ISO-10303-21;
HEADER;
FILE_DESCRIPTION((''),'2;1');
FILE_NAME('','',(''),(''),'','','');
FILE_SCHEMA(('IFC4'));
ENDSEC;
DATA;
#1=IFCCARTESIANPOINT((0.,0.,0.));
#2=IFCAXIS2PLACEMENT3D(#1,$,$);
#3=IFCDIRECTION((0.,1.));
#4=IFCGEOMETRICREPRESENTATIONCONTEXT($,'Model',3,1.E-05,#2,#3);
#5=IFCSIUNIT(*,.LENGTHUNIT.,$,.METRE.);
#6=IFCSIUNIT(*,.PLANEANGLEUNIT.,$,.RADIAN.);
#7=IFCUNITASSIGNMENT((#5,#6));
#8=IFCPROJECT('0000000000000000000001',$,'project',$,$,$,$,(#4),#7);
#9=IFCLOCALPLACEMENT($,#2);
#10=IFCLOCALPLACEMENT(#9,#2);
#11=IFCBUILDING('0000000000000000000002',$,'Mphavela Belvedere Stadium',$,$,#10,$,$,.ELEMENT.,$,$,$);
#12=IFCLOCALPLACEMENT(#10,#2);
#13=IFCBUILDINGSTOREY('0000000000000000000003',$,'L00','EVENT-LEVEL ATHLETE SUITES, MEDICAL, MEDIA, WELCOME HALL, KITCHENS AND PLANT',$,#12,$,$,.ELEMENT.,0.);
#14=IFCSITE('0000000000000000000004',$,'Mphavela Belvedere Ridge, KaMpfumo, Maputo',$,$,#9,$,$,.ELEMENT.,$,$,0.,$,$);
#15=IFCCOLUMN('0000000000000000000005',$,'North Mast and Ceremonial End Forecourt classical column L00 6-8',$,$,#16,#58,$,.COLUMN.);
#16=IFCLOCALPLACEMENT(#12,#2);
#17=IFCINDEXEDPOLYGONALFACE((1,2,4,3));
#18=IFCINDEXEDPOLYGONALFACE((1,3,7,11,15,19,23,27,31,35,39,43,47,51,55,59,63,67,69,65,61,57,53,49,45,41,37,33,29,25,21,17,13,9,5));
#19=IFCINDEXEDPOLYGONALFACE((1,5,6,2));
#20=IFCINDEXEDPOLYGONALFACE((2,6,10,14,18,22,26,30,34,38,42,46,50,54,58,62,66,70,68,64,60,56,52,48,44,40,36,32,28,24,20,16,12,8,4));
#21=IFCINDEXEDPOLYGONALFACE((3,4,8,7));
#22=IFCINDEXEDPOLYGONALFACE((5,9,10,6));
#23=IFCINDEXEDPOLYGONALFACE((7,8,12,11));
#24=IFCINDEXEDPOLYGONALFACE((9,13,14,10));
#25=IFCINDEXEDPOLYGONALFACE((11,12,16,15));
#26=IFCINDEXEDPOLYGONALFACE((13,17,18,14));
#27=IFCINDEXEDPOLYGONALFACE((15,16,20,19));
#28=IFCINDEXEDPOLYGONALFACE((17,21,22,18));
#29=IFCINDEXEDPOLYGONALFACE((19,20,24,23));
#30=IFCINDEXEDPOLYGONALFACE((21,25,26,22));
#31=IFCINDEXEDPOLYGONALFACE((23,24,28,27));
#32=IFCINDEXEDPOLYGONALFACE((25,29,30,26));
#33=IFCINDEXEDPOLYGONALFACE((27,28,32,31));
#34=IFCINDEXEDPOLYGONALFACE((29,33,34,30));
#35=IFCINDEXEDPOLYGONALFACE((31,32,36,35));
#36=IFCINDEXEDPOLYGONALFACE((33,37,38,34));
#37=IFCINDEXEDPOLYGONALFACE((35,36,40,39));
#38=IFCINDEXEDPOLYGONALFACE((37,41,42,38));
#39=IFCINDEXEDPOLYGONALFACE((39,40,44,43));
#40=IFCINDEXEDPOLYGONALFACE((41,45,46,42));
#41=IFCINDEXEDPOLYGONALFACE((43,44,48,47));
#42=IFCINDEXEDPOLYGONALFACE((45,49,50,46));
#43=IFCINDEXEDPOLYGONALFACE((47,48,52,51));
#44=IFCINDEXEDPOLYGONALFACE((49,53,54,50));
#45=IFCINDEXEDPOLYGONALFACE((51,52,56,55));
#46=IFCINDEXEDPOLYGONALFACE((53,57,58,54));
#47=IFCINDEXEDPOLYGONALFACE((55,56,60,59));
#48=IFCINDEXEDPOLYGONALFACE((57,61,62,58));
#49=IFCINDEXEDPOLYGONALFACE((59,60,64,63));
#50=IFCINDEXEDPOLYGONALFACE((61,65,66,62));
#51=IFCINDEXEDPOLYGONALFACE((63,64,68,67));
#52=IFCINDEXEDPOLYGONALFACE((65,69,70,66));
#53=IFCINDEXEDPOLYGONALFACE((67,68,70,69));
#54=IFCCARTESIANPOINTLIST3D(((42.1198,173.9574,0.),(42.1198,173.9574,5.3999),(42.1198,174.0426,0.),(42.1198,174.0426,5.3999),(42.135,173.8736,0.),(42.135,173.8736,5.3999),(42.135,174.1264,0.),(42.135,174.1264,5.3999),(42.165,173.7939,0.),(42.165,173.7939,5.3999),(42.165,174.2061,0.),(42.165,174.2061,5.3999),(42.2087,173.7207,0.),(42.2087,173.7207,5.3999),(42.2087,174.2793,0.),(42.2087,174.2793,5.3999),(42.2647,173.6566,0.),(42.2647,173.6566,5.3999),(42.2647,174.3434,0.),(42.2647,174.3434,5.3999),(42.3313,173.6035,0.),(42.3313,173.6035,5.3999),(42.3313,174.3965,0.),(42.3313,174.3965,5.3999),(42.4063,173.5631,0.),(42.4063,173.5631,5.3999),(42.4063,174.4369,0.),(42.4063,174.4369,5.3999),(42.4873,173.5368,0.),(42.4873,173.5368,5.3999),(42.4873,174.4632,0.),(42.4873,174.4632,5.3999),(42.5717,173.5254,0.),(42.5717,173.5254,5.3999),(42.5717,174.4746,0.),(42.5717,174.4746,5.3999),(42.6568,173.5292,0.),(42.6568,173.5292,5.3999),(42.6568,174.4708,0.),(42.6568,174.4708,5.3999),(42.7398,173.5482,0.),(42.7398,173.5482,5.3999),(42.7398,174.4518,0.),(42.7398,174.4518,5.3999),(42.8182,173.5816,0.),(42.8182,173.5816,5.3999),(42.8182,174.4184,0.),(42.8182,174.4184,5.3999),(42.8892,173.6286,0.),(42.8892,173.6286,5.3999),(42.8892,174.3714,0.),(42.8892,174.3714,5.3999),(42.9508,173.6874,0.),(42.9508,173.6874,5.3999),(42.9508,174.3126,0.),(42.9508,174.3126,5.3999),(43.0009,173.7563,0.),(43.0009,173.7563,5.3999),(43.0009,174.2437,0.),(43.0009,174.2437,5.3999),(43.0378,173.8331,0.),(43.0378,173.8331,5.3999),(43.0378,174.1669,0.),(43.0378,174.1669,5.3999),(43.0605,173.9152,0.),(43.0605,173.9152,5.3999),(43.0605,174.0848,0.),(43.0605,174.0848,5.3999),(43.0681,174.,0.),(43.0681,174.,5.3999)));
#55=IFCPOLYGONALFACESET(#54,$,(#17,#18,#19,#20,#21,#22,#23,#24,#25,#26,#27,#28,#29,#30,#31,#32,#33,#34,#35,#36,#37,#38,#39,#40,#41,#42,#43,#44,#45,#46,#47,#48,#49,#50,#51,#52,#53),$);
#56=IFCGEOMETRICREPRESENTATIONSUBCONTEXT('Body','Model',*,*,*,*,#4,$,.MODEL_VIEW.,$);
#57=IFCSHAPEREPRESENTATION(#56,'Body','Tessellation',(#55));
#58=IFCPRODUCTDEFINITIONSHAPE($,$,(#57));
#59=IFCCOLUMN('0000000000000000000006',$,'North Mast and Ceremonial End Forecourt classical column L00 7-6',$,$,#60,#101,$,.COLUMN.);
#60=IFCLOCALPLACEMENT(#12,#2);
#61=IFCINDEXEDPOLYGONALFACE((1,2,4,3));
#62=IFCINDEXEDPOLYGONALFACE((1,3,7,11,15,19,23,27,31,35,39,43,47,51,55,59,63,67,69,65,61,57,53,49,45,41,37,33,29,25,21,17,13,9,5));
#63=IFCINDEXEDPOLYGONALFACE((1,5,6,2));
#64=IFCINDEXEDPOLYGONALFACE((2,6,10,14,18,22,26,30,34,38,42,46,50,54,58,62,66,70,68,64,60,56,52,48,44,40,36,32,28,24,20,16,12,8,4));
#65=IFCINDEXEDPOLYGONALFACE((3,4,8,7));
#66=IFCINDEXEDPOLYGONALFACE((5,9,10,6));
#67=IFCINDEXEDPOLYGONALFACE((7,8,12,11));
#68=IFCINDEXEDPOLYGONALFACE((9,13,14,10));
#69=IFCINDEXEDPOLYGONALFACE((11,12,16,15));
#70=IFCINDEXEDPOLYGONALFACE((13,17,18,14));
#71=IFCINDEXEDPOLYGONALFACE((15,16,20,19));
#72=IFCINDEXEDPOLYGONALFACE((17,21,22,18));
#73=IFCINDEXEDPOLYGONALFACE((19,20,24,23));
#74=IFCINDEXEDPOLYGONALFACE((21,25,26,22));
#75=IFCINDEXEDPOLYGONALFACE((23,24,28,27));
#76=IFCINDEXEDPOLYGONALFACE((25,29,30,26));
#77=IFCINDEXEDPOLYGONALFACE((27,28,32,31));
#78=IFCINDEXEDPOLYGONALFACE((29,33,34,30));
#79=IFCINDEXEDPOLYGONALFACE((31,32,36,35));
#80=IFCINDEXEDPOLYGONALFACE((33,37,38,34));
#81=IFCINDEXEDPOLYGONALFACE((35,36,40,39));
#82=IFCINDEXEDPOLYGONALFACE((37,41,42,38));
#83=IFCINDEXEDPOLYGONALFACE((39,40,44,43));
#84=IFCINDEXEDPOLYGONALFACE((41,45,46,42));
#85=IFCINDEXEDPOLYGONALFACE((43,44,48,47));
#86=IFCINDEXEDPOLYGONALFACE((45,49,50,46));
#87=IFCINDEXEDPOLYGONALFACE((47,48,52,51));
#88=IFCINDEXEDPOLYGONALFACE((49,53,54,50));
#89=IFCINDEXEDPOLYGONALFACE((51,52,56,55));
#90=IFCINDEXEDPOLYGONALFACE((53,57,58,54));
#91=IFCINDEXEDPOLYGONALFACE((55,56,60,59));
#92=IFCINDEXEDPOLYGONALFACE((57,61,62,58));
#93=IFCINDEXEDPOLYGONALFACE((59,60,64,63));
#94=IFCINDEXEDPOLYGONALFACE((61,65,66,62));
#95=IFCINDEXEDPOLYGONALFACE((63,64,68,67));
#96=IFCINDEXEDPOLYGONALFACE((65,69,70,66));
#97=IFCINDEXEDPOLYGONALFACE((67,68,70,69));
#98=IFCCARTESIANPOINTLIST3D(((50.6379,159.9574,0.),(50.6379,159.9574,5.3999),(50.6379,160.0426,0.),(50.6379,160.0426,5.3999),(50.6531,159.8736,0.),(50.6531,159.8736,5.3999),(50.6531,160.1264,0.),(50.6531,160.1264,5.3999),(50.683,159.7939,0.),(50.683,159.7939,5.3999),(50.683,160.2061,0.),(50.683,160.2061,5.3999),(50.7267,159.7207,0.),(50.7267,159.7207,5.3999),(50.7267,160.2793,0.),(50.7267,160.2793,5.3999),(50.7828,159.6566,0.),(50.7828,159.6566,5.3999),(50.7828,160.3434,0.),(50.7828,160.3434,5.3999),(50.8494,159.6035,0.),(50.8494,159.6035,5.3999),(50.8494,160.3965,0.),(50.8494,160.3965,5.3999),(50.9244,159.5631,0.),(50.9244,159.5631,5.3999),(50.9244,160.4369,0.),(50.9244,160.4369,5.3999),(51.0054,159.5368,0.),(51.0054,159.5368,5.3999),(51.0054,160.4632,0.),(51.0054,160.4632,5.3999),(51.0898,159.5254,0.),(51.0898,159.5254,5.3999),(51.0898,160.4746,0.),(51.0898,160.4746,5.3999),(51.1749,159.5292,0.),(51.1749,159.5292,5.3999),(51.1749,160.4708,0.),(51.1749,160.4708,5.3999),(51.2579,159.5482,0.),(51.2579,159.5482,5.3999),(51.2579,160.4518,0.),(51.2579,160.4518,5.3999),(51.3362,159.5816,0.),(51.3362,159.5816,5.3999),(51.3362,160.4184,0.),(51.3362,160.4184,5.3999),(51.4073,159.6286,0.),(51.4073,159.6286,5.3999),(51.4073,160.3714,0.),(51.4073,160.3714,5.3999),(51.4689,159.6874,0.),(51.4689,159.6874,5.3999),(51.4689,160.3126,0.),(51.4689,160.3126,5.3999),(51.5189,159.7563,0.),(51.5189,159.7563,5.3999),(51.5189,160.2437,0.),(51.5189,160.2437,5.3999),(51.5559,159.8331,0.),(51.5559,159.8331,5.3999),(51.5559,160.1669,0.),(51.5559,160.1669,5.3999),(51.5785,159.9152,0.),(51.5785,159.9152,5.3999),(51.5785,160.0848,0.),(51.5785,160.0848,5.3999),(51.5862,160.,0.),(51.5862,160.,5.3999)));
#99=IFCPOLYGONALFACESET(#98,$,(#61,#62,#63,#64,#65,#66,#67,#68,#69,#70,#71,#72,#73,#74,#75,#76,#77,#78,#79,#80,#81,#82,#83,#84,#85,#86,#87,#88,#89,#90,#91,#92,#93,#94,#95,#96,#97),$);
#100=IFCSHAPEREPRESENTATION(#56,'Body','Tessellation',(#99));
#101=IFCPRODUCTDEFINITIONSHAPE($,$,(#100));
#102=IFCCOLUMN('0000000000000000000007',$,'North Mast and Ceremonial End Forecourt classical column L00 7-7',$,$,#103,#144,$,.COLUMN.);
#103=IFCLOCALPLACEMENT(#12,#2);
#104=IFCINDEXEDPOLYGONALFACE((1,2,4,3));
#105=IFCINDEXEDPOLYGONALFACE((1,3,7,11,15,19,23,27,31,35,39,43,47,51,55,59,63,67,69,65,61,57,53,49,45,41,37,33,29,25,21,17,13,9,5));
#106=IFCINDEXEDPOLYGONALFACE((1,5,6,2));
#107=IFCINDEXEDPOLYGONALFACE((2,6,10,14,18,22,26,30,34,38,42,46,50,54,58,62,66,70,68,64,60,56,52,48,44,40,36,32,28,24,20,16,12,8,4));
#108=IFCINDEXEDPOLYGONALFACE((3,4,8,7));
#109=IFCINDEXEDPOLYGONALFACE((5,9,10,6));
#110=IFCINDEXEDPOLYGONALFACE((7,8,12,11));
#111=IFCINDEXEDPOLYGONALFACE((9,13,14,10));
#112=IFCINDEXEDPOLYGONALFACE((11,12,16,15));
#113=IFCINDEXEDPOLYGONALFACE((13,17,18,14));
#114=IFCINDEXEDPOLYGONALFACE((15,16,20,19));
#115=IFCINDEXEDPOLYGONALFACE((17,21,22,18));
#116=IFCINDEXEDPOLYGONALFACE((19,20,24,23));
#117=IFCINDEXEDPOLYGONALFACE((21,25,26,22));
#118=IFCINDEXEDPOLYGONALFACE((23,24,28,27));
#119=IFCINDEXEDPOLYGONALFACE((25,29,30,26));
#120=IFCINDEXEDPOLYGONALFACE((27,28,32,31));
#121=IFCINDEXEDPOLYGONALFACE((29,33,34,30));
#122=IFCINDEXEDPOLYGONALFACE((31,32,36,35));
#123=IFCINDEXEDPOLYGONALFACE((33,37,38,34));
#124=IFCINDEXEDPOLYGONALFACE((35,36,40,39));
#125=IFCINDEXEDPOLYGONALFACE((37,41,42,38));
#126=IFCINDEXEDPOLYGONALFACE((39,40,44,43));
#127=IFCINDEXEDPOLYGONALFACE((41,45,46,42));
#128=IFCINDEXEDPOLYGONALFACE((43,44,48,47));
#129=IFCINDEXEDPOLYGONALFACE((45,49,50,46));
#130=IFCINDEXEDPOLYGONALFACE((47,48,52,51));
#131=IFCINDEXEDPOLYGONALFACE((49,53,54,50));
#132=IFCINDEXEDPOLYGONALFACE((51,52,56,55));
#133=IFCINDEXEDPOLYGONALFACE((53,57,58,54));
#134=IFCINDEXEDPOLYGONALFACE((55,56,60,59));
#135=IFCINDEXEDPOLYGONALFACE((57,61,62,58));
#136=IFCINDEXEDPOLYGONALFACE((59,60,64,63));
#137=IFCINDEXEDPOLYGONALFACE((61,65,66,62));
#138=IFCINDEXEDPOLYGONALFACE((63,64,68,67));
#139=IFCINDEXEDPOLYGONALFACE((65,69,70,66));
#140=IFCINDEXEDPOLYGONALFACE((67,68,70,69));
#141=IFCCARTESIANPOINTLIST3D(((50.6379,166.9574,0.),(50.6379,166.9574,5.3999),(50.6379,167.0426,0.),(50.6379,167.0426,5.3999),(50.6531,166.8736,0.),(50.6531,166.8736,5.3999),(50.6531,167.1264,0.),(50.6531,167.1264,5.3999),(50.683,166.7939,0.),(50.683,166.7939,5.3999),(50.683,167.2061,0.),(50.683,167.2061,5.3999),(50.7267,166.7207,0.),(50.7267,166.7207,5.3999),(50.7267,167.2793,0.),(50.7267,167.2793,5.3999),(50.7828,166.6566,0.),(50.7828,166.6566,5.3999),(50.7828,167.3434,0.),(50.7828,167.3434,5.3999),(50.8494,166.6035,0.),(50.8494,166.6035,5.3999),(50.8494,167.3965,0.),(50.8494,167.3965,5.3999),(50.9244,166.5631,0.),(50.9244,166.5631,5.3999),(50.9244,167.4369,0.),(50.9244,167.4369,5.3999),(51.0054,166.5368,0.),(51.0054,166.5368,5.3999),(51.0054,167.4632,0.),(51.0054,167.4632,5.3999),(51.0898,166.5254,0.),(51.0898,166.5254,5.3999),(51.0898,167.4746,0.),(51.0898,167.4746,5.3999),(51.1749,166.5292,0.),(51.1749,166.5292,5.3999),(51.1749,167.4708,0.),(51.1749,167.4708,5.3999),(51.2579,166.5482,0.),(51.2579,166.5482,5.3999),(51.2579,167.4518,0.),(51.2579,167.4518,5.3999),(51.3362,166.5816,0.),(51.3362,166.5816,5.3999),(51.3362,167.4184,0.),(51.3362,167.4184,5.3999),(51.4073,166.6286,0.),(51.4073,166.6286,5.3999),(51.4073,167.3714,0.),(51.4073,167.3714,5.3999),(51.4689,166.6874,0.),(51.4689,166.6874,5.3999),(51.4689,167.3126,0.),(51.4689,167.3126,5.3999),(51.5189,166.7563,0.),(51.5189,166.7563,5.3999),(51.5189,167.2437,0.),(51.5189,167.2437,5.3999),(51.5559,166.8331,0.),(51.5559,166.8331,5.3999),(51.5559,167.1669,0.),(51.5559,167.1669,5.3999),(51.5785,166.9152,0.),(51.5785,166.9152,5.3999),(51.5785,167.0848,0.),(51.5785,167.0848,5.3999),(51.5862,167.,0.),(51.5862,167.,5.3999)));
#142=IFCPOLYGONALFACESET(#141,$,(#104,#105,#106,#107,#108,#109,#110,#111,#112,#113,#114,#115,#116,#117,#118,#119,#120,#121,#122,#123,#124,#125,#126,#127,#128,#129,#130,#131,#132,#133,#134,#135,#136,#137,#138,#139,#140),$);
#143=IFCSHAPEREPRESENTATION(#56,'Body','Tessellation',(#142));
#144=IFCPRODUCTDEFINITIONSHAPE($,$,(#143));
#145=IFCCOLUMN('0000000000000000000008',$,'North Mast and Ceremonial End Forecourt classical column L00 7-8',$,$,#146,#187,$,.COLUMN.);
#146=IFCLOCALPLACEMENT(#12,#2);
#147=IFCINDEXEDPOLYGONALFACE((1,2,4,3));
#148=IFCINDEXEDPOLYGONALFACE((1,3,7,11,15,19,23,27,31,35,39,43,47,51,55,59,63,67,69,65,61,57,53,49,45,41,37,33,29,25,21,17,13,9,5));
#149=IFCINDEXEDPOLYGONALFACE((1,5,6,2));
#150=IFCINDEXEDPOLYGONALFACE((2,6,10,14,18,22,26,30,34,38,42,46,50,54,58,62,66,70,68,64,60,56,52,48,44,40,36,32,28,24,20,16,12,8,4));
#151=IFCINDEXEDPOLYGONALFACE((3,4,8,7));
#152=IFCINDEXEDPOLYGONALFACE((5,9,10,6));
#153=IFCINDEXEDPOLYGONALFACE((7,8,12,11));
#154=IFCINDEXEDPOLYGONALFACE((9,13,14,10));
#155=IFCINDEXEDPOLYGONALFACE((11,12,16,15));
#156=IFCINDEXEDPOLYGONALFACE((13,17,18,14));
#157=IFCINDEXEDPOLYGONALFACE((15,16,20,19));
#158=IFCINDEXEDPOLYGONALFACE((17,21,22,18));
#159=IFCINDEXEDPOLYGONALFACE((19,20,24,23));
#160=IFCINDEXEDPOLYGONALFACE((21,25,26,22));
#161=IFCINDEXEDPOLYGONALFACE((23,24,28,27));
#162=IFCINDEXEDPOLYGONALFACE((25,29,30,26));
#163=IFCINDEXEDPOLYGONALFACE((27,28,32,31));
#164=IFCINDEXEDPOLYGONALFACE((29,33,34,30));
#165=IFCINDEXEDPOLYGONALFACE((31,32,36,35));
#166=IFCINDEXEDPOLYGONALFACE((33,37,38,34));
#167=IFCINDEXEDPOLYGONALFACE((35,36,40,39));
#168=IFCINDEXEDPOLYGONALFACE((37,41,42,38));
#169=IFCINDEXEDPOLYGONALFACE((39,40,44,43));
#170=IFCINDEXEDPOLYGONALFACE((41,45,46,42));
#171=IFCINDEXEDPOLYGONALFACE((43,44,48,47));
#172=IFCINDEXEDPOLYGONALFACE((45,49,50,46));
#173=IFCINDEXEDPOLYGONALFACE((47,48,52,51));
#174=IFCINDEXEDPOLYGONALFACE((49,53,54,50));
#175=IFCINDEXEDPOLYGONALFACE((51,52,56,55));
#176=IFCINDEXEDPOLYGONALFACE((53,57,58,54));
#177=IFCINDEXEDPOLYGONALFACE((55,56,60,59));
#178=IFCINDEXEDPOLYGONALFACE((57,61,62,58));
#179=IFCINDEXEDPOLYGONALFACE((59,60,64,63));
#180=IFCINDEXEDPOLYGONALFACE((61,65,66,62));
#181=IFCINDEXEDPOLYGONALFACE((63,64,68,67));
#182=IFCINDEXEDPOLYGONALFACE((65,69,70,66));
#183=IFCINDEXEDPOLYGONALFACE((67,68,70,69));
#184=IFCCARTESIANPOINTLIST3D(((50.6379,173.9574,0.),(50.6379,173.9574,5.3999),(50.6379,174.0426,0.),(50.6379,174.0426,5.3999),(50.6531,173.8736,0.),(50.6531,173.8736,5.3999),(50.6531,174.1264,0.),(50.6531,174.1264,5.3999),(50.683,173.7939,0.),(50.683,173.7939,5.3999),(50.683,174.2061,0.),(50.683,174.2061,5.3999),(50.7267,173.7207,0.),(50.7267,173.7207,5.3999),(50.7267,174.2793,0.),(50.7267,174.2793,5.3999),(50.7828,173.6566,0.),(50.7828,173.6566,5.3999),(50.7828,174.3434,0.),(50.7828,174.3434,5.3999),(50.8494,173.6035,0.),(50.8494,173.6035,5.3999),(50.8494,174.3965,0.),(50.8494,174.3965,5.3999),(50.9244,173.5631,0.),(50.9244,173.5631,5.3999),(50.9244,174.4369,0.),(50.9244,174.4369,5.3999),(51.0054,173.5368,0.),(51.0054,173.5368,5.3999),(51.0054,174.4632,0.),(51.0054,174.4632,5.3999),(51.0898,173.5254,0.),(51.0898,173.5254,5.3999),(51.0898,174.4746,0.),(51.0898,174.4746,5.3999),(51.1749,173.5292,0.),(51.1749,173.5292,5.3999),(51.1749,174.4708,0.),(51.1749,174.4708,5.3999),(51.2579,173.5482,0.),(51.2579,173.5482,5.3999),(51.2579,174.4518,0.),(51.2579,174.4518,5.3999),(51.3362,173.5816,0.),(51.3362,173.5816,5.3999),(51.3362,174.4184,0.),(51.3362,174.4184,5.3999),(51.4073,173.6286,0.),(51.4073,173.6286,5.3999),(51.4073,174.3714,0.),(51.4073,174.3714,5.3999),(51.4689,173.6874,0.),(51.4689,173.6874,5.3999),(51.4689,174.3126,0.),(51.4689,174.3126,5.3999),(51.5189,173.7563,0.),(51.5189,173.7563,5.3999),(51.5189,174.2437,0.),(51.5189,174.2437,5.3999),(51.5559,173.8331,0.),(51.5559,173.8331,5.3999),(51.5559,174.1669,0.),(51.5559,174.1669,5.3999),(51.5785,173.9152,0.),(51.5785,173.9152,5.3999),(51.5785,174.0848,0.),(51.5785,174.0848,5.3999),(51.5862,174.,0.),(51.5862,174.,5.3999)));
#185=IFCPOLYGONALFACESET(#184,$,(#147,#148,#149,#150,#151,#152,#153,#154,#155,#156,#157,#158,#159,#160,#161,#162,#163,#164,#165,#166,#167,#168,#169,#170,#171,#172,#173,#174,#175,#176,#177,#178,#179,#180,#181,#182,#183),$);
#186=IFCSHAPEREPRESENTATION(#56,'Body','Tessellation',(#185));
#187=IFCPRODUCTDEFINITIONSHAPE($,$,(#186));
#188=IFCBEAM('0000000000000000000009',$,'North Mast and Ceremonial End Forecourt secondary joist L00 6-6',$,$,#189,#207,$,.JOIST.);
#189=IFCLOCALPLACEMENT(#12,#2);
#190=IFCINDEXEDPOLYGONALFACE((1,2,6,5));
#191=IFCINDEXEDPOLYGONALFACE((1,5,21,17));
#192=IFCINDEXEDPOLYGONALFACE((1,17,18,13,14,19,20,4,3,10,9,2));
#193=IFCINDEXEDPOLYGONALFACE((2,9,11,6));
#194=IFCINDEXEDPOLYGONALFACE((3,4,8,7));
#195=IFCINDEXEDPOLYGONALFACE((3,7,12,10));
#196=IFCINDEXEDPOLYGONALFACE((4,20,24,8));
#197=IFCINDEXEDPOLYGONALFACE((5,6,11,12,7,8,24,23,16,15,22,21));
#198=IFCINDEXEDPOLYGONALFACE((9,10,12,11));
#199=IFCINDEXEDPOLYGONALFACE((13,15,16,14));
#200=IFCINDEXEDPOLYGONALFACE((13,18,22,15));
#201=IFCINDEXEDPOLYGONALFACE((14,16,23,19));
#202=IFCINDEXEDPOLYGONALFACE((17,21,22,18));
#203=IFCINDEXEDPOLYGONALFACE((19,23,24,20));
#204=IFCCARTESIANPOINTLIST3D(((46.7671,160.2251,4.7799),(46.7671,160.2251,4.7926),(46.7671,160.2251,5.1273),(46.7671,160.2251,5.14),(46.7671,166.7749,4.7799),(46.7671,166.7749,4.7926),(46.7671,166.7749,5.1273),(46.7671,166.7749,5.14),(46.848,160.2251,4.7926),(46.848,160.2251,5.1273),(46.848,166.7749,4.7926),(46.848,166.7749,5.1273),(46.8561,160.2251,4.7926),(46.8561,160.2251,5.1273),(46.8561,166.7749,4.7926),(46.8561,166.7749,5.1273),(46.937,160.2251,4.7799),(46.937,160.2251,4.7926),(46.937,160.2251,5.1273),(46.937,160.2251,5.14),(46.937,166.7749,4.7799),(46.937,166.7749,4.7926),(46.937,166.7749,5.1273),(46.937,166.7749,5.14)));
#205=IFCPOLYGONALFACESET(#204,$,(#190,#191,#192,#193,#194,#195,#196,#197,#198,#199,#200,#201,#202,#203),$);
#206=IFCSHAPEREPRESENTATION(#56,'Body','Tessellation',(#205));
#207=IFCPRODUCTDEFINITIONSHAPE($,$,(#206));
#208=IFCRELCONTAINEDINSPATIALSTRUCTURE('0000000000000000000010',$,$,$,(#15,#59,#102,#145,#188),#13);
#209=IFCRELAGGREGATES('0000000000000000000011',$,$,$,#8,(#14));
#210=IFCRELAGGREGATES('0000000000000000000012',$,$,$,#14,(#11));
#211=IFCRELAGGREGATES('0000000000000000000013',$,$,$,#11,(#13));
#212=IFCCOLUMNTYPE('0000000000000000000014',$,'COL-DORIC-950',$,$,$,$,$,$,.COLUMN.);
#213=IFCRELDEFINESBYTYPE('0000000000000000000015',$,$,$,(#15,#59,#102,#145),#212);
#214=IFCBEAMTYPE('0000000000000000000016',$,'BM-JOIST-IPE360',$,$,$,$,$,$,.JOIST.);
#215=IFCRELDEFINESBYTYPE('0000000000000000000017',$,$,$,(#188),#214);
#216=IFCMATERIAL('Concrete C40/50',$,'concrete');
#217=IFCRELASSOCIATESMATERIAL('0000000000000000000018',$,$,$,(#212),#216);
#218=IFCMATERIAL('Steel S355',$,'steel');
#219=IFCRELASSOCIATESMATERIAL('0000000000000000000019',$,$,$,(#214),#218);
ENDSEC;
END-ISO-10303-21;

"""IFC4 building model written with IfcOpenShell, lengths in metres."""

from ifc_helpers import new_model, si_unit, direction, frame, origin, origin_2d, place, context, subcontext, project, spatial, circle, i_section, extrude, material, material_profile, profile_set, type_object, element, save


model = new_model("IFC4")

# Units and contexts
model_context = context("Model", 3, precision=1e-05, world=origin(), true_north=direction((0.0, 1.0)))
body_context = subcontext(model_context, "Body", "Model", "MODEL_VIEW")
ifc_project = project(units=[si_unit("LENGTHUNIT", "METRE"), si_unit("PLANEANGLEUNIT", "RADIAN")], contexts=[model_context])

# Site, building, storey
site_placement = place(None, origin())
site = spatial("IfcSite", under=ifc_project, at=site_placement, Name="Mphavela Belvedere Ridge, KaMpfumo, Maputo", CompositionType="ELEMENT", RefElevation=0.0)
building_placement = place(site_placement, origin())
building = spatial("IfcBuilding", under=site, at=building_placement, Name="Mphavela Belvedere Stadium", CompositionType="ELEMENT")
storey_placement = place(building_placement, origin())
storey = spatial("IfcBuildingStorey", under=building, at=storey_placement, Name="L00", Description="EVENT-LEVEL ATHLETE SUITES, MEDICAL, MEDIA, WELCOME HALL, KITCHENS AND PLANT", CompositionType="ELEMENT", Elevation=0.0)

# Columns
ifc_material_1 = material(Name="Concrete C40/50", Category="concrete")
ifc_material_profile_1 = material_profile(ifc_material_1, circle(Radius=0.4751, at=origin_2d()), Name="COL D950")
ifc_profile_set_1 = profile_set([ifc_material_profile_1], Name="Concrete C40/50")
column_type = type_object("IfcColumnType", Name="COL-DORIC-950", PredefinedType="COLUMN", material=ifc_profile_set_1)
for number, where, z_axis, x_axis, name in (
    (1, (42.593, 174.0, 0.0), (0.0, 0.0, 1.0), (1.0, 0.0, 0.0), "North Mast and Ceremonial End Forecourt classical column L00 6-8"),
    (2, (51.1111, 160.0, 0.0), (0.0, 0.0, 1.0), (1.0, 0.0, 0.0), "North Mast and Ceremonial End Forecourt classical column L00 7-6"),
    (3, (51.1111, 167.0, 0.0), (0.0, 0.0, 1.0), (1.0, 0.0, 0.0), "North Mast and Ceremonial End Forecourt classical column L00 7-7"),
    (4, (51.1111, 174.0, 0.0), (0.0, 0.0, 1.0), (1.0, 0.0, 0.0), "North Mast and Ceremonial End Forecourt classical column L00 7-8"),
):
    element("IfcColumn", number, at=place(storey_placement, frame(where, z_axis=z_axis, x_axis=x_axis)), inside=storey, type_object=column_type, Name=name, PredefinedType="COLUMN", context=body_context, shape_type="SweptSolid", body=[
        extrude(circle(Radius=0.4751, at=origin_2d()), origin(), (0.0, 0.0, 1.0), 5.3999),
    ])

# Beam
ifc_material_2 = material(Name="Steel S355", Category="steel")
ifc_material_profile_2 = material_profile(ifc_material_2, i_section(OverallWidth=0.1699, OverallDepth=0.3601, WebThickness=0.0081, FlangeThickness=0.0127, at=origin_2d()), Name="IPE 360")
ifc_profile_set_2 = profile_set([ifc_material_profile_2], Name="Steel S355")
beam_type_1 = type_object("IfcBeamType", Name="BM-JOIST-IPE360", PredefinedType="JOIST", material=ifc_profile_set_2)
for number, where, z_axis, x_axis, name in (
    (5, (46.8521, 160.2251, 4.96), (0.0, 1.0, 0.0), (-1.0, 0.0, 0.0), "North Mast and Ceremonial End Forecourt secondary joist L00 6-6"),
):
    element("IfcBeam", number, at=place(storey_placement, frame(where, z_axis=z_axis, x_axis=x_axis)), inside=storey, type_object=beam_type_1, Name=name, PredefinedType="JOIST", context=body_context, shape_type="SweptSolid", body=[
        extrude(i_section(OverallWidth=0.1699, OverallDepth=0.3601, WebThickness=0.0081, FlangeThickness=0.0127, at=origin_2d()), origin(), (0.0, 0.0, 1.0), 6.5498),
    ])

save(model, "model.ifc")
